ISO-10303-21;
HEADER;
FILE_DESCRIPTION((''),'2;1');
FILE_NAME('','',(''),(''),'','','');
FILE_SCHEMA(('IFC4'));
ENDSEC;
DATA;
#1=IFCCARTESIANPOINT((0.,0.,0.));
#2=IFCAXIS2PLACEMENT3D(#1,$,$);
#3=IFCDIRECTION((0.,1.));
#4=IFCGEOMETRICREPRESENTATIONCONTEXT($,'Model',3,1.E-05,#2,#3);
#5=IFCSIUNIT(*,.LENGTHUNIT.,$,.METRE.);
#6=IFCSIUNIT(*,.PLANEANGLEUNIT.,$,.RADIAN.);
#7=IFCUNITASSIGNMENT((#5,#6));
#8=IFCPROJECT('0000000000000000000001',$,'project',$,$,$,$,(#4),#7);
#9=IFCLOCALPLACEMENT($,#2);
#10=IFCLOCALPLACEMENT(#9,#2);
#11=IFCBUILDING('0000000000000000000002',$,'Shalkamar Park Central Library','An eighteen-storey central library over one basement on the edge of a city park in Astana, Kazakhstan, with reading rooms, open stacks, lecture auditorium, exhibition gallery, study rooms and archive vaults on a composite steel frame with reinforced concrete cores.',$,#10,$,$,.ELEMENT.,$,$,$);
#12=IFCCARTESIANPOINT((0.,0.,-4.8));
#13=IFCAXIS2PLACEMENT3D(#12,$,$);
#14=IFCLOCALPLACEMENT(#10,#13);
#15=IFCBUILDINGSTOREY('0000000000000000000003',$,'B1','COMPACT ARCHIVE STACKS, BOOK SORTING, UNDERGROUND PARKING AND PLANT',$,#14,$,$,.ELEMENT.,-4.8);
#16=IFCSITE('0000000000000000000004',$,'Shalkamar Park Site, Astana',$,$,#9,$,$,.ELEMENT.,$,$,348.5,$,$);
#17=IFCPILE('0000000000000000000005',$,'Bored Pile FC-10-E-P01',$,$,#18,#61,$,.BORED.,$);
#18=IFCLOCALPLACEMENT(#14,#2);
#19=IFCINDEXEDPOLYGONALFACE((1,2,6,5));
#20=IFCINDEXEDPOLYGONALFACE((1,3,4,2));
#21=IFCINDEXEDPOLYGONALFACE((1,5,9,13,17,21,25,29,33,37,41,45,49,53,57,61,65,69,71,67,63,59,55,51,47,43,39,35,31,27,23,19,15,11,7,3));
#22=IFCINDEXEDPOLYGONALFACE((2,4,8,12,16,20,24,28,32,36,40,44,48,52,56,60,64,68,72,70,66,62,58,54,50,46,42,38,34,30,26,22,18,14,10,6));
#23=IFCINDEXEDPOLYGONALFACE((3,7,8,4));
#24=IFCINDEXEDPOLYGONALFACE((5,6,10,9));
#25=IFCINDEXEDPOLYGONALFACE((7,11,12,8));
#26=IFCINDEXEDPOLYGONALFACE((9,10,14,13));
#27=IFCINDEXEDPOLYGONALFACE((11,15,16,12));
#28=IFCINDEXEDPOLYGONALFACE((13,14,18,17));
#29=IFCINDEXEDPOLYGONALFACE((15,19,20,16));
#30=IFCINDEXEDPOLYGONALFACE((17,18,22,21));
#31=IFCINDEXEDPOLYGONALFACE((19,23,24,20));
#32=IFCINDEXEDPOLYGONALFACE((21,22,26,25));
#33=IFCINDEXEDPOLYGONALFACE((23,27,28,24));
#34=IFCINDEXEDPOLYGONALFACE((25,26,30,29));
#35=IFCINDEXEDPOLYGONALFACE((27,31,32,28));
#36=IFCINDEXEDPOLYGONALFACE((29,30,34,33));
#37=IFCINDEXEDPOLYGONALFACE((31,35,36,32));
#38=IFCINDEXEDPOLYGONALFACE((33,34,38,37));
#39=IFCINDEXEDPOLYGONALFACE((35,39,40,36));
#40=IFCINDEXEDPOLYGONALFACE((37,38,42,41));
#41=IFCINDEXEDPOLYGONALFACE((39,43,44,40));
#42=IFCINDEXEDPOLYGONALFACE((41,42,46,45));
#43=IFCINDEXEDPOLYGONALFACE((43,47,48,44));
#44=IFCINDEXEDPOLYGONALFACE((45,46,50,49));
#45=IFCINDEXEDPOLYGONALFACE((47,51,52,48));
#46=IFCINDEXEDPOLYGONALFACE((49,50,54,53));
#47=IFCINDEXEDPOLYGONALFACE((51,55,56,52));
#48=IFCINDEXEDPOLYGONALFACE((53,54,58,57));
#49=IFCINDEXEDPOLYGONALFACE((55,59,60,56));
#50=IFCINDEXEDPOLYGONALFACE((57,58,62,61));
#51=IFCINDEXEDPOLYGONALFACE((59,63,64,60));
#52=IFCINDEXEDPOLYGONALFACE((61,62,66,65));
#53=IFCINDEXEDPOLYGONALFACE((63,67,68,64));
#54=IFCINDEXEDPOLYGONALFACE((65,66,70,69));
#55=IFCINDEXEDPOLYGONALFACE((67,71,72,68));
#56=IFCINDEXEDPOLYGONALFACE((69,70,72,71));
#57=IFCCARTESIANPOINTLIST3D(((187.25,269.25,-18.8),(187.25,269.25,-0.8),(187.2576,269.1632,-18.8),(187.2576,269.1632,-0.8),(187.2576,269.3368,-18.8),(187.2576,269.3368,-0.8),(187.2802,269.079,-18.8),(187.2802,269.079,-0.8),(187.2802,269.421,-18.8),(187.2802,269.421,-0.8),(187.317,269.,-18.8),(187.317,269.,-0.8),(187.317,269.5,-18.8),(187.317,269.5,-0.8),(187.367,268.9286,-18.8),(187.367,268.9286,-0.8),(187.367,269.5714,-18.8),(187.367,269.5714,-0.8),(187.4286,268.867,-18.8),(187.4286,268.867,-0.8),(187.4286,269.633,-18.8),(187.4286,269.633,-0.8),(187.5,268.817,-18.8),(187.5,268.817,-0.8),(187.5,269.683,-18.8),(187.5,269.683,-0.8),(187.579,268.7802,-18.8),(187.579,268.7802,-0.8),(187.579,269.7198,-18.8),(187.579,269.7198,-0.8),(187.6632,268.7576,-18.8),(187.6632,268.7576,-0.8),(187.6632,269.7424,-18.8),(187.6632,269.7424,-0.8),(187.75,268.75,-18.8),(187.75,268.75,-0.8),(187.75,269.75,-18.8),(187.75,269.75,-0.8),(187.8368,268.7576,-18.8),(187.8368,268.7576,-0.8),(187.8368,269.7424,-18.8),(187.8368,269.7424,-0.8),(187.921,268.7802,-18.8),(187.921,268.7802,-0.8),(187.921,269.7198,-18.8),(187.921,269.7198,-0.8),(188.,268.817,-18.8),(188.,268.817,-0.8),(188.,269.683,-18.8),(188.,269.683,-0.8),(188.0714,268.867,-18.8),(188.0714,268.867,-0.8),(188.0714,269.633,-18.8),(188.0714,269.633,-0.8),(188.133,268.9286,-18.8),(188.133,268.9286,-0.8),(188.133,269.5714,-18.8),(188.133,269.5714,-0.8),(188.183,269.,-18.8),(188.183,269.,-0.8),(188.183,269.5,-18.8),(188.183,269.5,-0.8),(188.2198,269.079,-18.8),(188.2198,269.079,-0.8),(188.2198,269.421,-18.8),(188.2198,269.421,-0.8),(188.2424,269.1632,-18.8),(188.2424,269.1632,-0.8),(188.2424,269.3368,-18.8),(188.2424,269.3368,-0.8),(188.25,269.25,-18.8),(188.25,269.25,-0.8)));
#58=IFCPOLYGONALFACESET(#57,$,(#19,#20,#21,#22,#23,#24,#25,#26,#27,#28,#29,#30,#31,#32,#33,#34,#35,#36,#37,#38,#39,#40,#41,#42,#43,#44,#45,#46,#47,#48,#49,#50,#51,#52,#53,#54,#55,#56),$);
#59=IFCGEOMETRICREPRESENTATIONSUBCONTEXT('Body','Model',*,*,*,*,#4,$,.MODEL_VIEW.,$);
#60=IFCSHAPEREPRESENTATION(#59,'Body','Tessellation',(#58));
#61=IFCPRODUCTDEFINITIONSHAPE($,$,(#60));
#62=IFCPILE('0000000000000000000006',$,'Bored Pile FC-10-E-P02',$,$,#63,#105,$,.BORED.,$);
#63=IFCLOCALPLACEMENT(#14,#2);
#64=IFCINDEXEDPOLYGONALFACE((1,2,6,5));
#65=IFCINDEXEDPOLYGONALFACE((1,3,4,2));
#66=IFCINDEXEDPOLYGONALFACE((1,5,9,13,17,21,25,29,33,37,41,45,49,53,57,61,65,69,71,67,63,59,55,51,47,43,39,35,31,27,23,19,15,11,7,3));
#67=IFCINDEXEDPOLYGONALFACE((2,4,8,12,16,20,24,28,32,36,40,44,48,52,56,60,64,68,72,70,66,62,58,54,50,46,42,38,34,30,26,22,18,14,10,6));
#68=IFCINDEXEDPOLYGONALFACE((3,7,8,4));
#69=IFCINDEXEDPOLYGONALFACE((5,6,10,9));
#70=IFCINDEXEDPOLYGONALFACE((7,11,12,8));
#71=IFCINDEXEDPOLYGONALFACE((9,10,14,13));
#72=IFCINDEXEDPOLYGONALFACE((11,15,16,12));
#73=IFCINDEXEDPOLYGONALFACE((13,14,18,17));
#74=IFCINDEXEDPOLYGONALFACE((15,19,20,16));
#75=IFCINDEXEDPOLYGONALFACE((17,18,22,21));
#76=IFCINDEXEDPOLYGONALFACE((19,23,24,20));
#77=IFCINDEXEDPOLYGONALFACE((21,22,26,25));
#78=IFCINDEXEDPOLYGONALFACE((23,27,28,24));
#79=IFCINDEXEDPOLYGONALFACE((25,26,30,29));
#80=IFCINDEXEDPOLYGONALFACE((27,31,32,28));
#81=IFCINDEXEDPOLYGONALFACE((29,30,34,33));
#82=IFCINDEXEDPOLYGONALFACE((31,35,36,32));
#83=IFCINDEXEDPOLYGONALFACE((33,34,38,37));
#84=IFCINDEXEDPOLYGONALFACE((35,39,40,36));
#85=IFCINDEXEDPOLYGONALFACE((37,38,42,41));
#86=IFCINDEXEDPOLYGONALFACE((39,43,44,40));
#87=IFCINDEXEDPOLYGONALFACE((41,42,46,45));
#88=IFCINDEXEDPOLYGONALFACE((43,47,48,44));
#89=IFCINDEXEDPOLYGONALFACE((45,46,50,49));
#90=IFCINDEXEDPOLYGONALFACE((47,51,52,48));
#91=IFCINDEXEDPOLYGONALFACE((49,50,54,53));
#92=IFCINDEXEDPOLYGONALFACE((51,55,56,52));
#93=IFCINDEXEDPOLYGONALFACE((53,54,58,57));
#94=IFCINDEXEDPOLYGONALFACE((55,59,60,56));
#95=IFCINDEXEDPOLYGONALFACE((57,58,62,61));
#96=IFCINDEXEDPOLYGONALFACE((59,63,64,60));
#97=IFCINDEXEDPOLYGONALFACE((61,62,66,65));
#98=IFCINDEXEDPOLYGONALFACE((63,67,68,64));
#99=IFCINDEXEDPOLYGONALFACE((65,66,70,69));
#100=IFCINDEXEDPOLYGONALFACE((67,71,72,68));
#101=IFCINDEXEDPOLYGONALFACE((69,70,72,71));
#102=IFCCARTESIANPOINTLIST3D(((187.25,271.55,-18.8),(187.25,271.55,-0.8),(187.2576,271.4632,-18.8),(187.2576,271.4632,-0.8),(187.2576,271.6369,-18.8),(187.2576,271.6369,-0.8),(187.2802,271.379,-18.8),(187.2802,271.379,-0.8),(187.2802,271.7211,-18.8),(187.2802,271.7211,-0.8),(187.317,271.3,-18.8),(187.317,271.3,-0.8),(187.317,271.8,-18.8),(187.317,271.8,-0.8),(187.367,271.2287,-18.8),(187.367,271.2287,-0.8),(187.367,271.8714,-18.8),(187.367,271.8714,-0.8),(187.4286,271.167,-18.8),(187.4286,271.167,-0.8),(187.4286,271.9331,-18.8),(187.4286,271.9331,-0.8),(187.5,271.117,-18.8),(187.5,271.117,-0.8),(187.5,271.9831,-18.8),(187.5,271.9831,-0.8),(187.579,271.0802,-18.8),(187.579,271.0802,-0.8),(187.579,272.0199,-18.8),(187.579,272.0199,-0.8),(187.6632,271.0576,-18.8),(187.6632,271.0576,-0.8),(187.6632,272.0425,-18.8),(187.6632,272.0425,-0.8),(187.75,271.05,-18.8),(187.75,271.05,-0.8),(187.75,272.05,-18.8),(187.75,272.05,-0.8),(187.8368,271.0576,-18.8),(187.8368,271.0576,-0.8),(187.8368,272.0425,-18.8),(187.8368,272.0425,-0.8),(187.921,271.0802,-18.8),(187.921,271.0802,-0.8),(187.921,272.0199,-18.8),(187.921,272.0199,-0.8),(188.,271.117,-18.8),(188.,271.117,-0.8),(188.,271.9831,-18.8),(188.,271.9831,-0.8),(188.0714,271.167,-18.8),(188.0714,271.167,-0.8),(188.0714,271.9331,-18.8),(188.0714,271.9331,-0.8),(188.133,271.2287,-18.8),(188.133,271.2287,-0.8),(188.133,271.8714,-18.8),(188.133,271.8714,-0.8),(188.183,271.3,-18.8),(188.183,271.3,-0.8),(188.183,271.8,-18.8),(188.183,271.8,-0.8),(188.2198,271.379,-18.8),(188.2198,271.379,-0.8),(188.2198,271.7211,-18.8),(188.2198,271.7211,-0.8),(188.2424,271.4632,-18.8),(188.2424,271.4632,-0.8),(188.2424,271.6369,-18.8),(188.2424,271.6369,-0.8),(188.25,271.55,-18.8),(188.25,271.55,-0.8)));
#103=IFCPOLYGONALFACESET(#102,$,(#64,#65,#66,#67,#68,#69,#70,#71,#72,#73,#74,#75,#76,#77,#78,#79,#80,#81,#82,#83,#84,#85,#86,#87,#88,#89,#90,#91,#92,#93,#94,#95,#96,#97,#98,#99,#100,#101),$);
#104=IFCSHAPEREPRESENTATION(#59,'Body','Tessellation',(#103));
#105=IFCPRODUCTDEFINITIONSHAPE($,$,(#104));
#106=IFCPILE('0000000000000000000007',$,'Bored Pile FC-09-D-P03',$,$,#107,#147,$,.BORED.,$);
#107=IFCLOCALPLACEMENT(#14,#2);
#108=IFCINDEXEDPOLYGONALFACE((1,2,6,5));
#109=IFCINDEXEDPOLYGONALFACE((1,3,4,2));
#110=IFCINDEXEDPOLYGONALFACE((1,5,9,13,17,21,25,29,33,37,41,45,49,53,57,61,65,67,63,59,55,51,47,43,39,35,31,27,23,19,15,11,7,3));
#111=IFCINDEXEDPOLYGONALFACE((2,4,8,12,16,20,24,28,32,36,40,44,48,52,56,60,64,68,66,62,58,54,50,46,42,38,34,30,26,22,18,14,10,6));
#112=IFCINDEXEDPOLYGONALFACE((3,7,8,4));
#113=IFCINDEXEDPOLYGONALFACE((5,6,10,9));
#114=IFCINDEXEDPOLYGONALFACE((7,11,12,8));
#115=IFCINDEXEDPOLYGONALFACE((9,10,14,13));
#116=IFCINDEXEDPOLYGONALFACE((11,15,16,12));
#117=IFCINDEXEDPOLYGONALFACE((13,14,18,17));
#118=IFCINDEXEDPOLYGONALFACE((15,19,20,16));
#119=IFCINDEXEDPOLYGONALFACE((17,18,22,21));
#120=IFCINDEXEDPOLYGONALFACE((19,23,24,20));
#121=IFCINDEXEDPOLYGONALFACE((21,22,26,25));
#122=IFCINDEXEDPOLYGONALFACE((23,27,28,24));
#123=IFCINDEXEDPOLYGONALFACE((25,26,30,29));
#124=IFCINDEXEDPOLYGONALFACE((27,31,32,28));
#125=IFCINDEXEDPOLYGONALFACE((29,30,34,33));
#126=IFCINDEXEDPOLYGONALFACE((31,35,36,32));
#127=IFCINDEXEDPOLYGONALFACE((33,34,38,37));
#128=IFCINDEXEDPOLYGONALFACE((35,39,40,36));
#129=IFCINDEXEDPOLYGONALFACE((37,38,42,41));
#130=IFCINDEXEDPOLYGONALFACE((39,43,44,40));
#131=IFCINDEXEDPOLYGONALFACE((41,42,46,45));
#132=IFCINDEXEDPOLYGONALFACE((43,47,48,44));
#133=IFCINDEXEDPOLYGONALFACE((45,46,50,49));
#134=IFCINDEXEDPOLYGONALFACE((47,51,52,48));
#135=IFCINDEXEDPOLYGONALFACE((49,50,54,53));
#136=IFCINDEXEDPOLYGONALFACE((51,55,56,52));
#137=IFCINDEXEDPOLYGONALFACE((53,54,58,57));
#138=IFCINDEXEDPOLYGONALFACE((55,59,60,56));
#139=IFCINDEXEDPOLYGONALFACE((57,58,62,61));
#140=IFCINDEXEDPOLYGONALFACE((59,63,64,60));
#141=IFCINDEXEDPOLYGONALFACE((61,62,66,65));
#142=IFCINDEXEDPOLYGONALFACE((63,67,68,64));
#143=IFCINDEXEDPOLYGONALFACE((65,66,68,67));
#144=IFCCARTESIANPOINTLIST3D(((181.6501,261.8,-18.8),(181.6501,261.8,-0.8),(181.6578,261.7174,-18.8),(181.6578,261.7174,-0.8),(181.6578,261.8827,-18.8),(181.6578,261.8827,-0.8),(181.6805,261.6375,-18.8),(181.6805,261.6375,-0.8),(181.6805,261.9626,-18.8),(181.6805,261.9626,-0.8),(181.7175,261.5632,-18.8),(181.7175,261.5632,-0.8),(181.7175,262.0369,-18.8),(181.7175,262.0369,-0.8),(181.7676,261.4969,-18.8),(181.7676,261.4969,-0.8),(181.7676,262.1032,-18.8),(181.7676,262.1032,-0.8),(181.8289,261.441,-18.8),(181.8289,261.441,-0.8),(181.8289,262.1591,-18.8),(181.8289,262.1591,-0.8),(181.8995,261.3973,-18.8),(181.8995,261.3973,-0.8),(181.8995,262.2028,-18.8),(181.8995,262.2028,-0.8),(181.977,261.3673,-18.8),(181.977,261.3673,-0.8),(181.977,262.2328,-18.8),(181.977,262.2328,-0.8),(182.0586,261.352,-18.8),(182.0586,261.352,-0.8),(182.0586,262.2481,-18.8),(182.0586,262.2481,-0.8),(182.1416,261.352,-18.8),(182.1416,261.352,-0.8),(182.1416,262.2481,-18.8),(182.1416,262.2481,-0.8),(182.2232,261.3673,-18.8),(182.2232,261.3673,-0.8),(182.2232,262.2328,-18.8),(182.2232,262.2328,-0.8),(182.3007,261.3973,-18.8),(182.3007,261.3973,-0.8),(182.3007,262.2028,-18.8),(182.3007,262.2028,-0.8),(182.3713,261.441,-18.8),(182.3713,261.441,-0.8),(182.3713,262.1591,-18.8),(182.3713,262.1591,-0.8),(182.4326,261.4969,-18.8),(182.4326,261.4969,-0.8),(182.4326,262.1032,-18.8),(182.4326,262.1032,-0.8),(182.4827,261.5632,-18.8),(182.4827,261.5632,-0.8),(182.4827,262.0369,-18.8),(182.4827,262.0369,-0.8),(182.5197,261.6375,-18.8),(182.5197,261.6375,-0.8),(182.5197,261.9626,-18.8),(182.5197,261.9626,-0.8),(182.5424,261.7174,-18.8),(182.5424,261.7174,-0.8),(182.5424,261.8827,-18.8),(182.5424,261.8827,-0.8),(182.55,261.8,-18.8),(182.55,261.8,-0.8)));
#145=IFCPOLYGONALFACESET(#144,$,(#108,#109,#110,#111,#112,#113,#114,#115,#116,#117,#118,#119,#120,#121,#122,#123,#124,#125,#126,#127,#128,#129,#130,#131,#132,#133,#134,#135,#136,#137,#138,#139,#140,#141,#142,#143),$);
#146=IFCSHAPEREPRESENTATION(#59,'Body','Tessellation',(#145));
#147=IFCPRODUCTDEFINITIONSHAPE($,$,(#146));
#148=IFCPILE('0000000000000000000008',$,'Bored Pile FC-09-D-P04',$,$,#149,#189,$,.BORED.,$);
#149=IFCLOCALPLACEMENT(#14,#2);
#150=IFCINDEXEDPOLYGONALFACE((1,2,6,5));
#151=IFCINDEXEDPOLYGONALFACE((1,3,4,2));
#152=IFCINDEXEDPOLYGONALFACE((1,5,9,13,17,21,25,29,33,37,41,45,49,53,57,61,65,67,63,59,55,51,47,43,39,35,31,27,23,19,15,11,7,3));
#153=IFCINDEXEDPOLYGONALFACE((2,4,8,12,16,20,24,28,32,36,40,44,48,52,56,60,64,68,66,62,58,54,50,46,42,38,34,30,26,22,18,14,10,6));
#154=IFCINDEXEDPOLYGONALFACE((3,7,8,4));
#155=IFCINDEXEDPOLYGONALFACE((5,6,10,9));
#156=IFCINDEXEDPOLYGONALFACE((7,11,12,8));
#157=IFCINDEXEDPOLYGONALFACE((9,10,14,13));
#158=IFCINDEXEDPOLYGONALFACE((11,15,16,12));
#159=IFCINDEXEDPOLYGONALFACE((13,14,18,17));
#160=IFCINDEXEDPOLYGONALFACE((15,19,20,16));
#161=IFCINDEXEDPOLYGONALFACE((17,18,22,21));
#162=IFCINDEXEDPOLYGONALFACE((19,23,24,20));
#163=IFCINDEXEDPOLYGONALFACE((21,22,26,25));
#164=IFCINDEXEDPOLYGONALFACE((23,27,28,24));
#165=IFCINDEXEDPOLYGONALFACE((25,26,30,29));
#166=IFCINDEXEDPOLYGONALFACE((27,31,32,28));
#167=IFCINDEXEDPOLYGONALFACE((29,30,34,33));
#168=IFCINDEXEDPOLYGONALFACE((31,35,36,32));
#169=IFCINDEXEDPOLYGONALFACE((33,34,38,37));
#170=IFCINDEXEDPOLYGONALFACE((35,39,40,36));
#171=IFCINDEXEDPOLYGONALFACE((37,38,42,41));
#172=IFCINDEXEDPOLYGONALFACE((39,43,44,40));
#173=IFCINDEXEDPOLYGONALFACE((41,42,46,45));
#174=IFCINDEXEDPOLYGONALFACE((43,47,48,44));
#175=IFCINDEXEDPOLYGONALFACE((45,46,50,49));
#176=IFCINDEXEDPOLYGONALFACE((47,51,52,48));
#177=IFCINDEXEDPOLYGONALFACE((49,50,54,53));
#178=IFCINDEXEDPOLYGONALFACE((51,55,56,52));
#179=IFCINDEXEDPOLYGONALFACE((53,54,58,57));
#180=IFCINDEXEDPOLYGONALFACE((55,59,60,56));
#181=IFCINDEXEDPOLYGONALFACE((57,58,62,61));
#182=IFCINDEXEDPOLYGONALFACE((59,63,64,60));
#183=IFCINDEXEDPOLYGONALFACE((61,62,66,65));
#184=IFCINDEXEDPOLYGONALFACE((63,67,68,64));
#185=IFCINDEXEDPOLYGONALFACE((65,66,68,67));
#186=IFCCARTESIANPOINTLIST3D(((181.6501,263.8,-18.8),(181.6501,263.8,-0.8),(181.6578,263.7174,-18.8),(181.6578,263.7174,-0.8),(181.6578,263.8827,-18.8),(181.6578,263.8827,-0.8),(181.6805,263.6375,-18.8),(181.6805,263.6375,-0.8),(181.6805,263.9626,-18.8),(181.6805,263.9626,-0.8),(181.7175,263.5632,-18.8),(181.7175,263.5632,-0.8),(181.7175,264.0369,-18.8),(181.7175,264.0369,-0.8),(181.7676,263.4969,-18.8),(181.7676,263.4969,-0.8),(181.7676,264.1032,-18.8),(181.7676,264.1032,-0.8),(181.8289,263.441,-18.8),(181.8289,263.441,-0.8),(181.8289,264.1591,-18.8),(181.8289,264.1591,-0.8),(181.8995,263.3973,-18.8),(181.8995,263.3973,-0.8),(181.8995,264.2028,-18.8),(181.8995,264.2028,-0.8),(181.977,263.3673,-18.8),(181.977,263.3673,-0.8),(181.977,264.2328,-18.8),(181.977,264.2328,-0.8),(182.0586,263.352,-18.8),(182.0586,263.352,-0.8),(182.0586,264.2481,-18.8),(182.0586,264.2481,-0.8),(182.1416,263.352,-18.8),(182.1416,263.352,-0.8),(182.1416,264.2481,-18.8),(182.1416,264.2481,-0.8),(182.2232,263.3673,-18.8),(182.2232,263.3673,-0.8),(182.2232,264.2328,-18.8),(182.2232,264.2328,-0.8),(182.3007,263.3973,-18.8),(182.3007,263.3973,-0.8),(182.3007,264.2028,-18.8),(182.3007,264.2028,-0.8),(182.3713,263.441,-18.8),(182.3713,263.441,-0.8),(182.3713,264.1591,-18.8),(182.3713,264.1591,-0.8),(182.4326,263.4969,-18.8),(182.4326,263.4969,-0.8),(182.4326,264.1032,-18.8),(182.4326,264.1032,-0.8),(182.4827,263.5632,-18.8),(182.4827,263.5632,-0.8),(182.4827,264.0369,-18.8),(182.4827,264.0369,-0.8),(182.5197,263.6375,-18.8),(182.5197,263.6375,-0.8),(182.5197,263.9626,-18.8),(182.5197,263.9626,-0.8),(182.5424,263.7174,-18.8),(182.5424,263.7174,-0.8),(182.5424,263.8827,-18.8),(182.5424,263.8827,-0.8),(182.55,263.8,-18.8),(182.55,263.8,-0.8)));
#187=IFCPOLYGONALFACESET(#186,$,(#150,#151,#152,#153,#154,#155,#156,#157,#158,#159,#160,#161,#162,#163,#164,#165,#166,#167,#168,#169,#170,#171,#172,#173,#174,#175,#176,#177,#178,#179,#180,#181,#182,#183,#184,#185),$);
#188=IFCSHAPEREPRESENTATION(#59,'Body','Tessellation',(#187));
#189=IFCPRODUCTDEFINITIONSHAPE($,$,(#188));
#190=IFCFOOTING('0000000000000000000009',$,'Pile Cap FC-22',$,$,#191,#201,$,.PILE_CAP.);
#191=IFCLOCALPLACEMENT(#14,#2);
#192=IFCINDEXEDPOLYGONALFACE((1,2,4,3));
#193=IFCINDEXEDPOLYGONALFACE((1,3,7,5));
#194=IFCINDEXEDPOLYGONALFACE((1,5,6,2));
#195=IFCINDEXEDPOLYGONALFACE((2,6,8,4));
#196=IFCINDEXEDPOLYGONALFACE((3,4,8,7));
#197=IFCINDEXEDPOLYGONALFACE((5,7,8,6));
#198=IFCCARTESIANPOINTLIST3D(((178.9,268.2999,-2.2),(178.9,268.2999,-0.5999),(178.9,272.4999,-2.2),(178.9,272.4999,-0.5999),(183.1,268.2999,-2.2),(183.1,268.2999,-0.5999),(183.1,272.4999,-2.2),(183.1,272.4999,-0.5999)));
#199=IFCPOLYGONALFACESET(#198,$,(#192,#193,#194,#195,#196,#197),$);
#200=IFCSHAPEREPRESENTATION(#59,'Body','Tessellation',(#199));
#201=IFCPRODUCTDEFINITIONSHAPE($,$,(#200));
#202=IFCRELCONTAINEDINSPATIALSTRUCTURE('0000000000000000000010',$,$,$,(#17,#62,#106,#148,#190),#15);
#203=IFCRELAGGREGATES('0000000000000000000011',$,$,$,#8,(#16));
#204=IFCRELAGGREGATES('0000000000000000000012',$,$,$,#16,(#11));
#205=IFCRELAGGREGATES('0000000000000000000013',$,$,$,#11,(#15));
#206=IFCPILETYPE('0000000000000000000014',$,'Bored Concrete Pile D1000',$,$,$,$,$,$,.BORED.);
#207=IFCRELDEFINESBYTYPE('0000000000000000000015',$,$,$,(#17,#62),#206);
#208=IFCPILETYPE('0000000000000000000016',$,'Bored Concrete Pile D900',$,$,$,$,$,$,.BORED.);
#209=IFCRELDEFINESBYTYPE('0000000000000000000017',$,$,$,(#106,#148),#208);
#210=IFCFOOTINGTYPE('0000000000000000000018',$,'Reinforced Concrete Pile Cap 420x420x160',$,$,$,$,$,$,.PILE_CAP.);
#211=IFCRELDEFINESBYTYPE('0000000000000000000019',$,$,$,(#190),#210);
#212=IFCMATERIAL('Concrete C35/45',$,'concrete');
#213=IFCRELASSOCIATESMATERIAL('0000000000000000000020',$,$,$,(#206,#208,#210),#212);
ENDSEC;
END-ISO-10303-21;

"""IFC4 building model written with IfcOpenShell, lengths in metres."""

from ifc_helpers import new_model, si_unit, direction, frame, origin, origin_2d, place, context, subcontext, project, spatial, rectangle, circle, extrude, material, material_profile, profile_set, type_object, element, save


model = new_model("IFC4")

# Units and contexts
model_context = context("Model", 3, precision=1e-05, world=origin(), true_north=direction((0.0, 1.0)))
body_context = subcontext(model_context, "Body", "Model", "MODEL_VIEW")
ifc_project = project(units=[si_unit("LENGTHUNIT", "METRE"), si_unit("PLANEANGLEUNIT", "RADIAN")], contexts=[model_context])

# Site, building, storey
site_placement = place(None, origin())
site = spatial("IfcSite", under=ifc_project, at=site_placement, Name="Shalkamar Park Site, Astana", CompositionType="ELEMENT", RefElevation=348.5)
building_placement = place(site_placement, origin())
building = spatial("IfcBuilding", under=site, at=building_placement, Name="Shalkamar Park Central Library", Description="An eighteen-storey central library over one basement on the edge of a city park in Astana, Kazakhstan, with reading rooms, open stacks, lecture auditorium, exhibition gallery, study rooms and archive vaults on a composite steel frame with reinforced concrete cores.", CompositionType="ELEMENT")
storey_placement = place(building_placement, frame((0.0, 0.0, -4.8)))
storey = spatial("IfcBuildingStorey", under=building, at=storey_placement, Name="B1", Description="COMPACT ARCHIVE STACKS, BOOK SORTING, UNDERGROUND PARKING AND PLANT", CompositionType="ELEMENT", Elevation=-4.8)

# Piles
ifc_material_1 = material(Name="Concrete C35/45", Category="concrete")
ifc_material_profile_1 = material_profile(ifc_material_1, circle(Radius=0.5, at=origin_2d()), Name="PILE D1000")
ifc_profile_set_1 = profile_set([ifc_material_profile_1], Name="Concrete C35/45")
pile_type_1 = type_object("IfcPileType", Name="Bored Concrete Pile D1000", PredefinedType="BORED", material=ifc_profile_set_1)
for number, where, z_axis, x_axis, name in (
    (1, (187.75, 269.25, -0.8), (0.0, 0.0, -1.0), (1.0, 0.0, 0.0), "Bored Pile FC-10-E-P01"),
    (2, (187.75, 271.55, -0.8), (0.0, 0.0, -1.0), (1.0, 0.0, 0.0), "Bored Pile FC-10-E-P02"),
):
    element("IfcPile", number, at=place(storey_placement, frame(where, z_axis=z_axis, x_axis=x_axis)), inside=storey, type_object=pile_type_1, Name=name, PredefinedType="BORED", context=body_context, shape_type="SweptSolid", body=[
        extrude(circle(Radius=0.5, at=origin_2d()), origin(), (0.0, 0.0, 1.0), 18.0),
    ])
ifc_material_profile_2 = material_profile(ifc_material_1, circle(Radius=0.45, at=origin_2d()), Name="PILE D900")
ifc_profile_set_2 = profile_set([ifc_material_profile_2], Name="Concrete C35/45")
pile_type_2 = type_object("IfcPileType", Name="Bored Concrete Pile D900", PredefinedType="BORED", material=ifc_profile_set_2)
for number, where, z_axis, x_axis, name in (
    (3, (182.1001, 261.8, -0.8), (0.0, 0.0, -1.0), (1.0, 0.0, 0.0), "Bored Pile FC-09-D-P03"),
    (4, (182.1001, 263.8, -0.8), (0.0, 0.0, -1.0), (1.0, 0.0, 0.0), "Bored Pile FC-09-D-P04"),
):
    element("IfcPile", number, at=place(storey_placement, frame(where, z_axis=z_axis, x_axis=x_axis)), inside=storey, type_object=pile_type_2, Name=name, PredefinedType="BORED", context=body_context, shape_type="SweptSolid", body=[
        extrude(circle(Radius=0.45, at=origin_2d()), origin(), (0.0, 0.0, 1.0), 18.0),
    ])

# Footing
footing_type = type_object("IfcFootingType", Name="Reinforced Concrete Pile Cap 420x420x160", PredefinedType="PILE_CAP", material=ifc_material_1)
for number, where, z_axis, x_axis, name in (
    (5, (181.0, 270.3999, -2.2), (0.0, 0.0, 1.0), (1.0, 0.0, 0.0), "Pile Cap FC-22"),
):
    element("IfcFooting", number, at=place(storey_placement, frame(where, z_axis=z_axis, x_axis=x_axis)), inside=storey, type_object=footing_type, Name=name, PredefinedType="PILE_CAP", context=body_context, shape_type="SweptSolid", body=[
        extrude(rectangle(XDim=4.2, YDim=4.2, at=origin_2d()), origin(), (0.0, 0.0, 1.0), 1.6001),
    ])

save(model, "model.ifc")
